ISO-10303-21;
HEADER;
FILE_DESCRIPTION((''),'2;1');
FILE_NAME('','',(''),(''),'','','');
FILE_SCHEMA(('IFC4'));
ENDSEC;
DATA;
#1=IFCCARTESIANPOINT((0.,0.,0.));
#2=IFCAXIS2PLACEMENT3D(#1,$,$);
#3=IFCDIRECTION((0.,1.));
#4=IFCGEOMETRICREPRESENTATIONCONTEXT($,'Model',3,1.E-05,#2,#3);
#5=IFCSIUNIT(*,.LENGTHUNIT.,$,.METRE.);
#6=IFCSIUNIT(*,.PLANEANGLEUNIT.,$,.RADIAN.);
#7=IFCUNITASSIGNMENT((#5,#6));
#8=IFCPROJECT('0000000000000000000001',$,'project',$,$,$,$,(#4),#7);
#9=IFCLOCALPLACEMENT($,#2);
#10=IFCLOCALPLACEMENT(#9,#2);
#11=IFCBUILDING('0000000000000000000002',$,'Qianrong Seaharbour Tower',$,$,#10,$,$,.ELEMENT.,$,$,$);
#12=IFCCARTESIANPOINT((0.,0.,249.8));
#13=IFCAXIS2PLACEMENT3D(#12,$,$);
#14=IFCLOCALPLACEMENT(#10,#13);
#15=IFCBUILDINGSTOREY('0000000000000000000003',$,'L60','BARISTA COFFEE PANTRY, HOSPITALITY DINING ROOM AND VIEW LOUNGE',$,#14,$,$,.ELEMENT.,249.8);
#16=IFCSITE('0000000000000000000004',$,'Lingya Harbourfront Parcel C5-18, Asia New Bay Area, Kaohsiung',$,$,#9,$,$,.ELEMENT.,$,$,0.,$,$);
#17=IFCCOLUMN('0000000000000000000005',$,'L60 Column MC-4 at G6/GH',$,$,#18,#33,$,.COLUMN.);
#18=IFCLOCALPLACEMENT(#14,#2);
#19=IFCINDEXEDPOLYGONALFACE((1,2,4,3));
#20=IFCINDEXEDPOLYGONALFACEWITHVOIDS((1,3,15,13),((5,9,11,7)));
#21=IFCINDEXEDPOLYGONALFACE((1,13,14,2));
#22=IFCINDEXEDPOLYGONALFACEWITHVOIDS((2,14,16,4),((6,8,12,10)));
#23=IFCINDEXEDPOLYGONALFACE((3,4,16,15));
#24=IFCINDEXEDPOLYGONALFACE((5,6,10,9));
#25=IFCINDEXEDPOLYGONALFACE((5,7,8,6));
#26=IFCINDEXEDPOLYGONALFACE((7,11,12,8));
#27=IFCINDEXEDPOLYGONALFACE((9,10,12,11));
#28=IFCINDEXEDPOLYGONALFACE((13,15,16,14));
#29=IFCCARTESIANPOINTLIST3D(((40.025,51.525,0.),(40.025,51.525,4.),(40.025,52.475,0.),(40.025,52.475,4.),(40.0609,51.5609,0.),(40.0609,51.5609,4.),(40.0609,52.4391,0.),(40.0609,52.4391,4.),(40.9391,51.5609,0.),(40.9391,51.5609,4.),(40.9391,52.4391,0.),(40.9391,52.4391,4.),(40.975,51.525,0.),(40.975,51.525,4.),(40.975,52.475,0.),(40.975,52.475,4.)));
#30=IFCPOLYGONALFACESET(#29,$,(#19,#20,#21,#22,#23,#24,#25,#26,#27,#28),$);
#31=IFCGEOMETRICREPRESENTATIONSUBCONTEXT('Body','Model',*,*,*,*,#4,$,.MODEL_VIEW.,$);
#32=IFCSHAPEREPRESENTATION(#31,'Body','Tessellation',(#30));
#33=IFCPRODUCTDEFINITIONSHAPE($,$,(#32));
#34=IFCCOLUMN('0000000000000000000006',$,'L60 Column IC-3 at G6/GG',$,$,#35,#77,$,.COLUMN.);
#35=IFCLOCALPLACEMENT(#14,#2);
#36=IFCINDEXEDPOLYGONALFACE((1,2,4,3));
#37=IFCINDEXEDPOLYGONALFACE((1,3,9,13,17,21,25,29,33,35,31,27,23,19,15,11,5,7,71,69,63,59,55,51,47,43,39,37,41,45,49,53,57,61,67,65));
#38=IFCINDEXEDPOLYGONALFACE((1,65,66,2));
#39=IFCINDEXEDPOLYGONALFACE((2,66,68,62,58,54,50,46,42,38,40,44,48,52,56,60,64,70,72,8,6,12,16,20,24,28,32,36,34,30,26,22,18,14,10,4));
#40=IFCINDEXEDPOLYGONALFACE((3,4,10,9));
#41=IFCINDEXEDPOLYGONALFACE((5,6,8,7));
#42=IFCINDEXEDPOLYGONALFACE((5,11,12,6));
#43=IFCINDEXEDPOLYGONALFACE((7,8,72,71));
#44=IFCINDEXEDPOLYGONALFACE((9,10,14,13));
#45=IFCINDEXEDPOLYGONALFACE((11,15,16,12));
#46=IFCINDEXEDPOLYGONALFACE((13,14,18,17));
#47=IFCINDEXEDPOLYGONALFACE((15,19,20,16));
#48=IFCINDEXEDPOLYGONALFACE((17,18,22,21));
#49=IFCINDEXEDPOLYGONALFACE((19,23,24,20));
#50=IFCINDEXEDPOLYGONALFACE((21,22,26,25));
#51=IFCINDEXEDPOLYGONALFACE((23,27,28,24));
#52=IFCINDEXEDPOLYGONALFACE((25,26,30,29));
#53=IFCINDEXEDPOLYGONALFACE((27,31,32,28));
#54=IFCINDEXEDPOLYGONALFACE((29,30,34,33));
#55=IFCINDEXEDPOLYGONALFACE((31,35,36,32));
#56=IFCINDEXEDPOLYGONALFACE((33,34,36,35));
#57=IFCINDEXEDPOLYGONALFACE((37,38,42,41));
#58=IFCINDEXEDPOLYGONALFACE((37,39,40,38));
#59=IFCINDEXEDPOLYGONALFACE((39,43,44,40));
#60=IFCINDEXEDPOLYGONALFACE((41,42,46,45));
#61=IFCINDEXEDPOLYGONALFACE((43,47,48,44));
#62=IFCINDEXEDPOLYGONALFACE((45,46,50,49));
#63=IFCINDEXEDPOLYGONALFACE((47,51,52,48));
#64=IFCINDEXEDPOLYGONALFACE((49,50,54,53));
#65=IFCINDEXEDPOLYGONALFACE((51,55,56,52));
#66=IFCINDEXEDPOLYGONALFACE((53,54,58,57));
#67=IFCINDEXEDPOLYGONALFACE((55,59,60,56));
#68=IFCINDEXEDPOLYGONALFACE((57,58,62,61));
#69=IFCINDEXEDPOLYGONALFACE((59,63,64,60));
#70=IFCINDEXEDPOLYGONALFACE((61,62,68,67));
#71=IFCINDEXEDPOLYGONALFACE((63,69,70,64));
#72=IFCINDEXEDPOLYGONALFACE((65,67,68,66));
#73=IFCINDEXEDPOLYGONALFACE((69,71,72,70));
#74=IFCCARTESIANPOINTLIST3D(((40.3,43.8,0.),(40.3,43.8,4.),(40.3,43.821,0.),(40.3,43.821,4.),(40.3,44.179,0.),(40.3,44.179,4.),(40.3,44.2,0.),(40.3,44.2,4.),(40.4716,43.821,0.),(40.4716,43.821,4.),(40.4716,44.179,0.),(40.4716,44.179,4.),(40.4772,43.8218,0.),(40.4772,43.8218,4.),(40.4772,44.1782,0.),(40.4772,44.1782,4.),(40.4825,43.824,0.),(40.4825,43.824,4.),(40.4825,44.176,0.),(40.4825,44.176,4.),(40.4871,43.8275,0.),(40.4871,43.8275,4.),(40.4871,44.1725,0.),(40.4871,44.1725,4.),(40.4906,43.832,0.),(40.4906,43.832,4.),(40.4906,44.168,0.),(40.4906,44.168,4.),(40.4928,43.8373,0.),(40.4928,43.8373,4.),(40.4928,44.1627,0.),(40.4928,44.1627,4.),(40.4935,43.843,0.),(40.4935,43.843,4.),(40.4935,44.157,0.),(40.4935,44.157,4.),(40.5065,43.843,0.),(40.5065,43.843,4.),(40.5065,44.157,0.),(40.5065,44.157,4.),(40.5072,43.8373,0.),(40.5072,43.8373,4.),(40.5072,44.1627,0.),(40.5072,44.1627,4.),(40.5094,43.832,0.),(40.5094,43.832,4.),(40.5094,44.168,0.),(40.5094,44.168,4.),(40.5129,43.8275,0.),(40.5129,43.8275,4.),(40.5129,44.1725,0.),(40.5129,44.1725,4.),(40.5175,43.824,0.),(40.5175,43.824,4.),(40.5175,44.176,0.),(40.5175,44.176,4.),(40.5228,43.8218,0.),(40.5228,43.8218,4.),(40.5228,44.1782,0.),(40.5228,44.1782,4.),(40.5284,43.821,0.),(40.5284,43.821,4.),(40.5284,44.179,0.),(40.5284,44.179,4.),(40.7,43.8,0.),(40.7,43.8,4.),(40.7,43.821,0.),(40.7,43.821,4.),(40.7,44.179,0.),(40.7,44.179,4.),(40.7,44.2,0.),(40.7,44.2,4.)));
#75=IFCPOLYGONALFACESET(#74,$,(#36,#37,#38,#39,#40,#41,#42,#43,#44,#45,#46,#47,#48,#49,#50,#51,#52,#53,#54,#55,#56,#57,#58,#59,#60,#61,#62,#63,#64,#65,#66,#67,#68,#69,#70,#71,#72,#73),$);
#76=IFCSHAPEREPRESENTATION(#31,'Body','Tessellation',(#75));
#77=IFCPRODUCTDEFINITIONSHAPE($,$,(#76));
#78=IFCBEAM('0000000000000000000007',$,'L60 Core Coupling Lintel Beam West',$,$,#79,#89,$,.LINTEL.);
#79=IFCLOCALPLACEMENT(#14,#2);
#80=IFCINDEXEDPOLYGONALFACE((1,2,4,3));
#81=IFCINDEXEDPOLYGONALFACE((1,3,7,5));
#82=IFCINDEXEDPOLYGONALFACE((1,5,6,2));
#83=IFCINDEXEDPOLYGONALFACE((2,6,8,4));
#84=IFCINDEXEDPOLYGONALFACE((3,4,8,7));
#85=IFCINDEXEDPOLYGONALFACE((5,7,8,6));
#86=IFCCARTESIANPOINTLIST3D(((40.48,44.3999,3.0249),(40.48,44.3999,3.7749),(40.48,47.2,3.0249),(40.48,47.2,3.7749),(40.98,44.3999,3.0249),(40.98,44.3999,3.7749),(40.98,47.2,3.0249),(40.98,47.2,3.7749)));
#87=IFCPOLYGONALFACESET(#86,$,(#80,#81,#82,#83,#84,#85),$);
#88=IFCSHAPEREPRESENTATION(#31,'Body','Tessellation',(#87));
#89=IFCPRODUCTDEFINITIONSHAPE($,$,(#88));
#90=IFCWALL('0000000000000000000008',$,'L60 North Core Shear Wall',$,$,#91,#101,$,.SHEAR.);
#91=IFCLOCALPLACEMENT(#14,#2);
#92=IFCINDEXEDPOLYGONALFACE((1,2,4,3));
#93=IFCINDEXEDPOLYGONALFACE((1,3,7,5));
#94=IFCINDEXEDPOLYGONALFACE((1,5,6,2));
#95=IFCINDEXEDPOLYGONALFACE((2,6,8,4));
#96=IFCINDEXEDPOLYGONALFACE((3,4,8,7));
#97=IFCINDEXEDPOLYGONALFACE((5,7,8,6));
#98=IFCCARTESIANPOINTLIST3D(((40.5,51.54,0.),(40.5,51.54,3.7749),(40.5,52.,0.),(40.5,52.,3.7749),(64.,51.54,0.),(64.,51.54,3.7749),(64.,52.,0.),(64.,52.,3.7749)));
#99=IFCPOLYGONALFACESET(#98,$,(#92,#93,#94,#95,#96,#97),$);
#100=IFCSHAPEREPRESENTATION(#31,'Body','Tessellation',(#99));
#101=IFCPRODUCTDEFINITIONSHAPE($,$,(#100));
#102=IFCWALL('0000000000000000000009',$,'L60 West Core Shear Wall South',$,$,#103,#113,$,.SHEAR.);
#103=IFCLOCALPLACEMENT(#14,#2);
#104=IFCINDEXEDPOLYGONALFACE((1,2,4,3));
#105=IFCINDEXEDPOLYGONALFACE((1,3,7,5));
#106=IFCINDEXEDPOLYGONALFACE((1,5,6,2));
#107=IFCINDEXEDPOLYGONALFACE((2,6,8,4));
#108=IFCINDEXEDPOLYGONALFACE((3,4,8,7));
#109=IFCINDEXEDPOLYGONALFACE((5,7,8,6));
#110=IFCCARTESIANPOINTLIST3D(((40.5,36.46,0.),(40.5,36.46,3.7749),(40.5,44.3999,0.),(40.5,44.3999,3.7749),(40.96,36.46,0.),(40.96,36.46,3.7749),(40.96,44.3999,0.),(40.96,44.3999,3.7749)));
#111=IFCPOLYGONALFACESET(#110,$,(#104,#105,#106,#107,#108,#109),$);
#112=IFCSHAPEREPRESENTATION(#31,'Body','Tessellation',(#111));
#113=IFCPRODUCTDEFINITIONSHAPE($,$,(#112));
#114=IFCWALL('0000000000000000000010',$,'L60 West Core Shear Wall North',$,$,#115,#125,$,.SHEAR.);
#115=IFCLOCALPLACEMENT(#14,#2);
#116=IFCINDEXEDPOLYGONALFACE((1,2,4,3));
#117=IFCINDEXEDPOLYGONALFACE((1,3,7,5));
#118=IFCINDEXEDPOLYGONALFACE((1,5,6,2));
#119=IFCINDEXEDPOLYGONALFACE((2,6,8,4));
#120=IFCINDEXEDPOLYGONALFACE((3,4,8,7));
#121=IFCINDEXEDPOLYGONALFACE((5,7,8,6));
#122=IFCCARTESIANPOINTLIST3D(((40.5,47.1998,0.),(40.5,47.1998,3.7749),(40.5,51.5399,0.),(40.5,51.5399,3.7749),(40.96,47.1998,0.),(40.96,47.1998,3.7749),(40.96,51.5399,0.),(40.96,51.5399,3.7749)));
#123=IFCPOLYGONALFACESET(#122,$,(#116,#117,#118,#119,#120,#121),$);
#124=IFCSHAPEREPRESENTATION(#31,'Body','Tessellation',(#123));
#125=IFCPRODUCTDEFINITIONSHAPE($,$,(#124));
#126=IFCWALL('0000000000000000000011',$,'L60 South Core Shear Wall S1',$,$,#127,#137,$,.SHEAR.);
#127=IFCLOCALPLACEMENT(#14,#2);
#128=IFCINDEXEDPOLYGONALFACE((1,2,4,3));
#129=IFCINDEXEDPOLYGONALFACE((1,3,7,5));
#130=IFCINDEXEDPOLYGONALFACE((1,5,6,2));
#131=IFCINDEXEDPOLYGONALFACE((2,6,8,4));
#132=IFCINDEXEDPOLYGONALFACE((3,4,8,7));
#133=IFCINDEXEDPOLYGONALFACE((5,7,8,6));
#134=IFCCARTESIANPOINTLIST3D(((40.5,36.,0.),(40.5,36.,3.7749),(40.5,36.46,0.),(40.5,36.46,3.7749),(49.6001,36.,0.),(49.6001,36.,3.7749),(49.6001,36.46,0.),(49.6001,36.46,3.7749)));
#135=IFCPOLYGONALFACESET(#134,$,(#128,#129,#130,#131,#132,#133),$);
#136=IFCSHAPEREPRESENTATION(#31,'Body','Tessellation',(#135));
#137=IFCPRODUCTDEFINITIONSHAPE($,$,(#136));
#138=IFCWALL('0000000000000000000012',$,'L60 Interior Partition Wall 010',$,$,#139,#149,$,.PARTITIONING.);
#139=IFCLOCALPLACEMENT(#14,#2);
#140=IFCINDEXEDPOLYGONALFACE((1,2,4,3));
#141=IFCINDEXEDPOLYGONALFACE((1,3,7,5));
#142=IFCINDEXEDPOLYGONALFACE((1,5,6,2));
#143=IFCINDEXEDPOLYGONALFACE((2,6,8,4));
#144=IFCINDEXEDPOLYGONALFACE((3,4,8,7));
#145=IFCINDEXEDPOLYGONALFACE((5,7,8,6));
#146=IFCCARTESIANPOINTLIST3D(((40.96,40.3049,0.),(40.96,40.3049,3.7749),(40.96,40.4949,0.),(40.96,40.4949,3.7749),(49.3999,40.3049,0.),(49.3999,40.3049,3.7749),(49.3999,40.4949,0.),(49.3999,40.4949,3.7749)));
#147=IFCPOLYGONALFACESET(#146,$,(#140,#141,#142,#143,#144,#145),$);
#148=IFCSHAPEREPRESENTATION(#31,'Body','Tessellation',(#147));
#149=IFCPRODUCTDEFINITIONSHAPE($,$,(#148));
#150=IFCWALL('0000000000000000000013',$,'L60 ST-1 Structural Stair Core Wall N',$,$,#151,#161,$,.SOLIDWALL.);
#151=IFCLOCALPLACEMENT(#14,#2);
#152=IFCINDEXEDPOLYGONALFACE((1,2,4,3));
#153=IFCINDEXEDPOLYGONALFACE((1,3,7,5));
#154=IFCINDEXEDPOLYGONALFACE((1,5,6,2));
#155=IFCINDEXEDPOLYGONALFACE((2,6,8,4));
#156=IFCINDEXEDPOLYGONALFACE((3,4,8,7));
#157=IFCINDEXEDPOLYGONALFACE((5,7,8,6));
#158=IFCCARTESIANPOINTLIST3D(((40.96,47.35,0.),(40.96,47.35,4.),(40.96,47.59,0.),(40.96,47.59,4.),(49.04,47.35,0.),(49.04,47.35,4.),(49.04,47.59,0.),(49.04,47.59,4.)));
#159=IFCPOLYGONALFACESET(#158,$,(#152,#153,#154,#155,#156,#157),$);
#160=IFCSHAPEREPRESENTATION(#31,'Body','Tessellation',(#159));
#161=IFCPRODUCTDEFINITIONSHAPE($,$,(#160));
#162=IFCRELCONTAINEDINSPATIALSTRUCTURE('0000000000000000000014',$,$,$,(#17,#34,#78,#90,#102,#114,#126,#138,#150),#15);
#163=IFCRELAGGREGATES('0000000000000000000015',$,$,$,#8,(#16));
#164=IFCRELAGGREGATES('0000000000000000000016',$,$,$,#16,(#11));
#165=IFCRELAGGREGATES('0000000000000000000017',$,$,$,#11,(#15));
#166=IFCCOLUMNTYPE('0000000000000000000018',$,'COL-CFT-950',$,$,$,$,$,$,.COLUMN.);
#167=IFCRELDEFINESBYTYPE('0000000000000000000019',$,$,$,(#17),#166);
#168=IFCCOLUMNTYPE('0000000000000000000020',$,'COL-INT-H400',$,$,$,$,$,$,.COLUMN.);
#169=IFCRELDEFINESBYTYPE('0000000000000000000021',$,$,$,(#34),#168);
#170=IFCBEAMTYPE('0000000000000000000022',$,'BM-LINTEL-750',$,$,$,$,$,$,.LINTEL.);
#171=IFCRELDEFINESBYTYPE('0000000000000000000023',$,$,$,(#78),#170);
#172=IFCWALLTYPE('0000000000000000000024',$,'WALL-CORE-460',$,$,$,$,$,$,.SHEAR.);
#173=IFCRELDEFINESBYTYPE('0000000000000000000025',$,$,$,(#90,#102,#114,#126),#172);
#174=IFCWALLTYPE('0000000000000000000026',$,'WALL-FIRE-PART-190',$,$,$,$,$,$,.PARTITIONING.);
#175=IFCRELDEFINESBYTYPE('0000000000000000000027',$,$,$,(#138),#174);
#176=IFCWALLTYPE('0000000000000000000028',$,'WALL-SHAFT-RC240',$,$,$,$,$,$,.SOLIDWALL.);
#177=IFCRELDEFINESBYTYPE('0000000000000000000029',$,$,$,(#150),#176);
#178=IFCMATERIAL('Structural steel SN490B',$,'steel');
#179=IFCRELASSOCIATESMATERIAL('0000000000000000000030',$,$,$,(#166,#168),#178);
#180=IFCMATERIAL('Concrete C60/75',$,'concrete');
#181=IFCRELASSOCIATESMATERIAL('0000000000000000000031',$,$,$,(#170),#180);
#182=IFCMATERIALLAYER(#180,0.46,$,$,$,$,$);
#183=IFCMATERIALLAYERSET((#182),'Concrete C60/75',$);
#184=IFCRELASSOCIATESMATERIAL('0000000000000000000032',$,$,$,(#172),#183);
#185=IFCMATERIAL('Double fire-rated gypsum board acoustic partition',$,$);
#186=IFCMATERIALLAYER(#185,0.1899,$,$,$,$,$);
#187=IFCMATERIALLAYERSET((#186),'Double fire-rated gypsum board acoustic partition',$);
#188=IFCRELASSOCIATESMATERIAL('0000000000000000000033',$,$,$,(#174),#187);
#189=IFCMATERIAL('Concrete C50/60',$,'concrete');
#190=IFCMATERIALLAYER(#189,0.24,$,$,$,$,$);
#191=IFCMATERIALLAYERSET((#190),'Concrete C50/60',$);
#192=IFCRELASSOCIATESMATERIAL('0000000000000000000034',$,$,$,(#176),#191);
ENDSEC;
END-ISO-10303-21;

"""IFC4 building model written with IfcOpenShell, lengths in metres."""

from ifc_helpers import new_model, si_unit, direction, frame, frame_2d, origin, origin_2d, place, context, subcontext, project, spatial, rectangle, hollow_rectangle, i_section, extrude, material, layer, layer_set, material_profile, profile_set, type_object, element, save


model = new_model("IFC4")

# Units and contexts
model_context = context("Model", 3, precision=1e-05, world=origin(), true_north=direction((0.0, 1.0)))
body_context = subcontext(model_context, "Body", "Model", "MODEL_VIEW")
ifc_project = project(units=[si_unit("LENGTHUNIT", "METRE"), si_unit("PLANEANGLEUNIT", "RADIAN")], contexts=[model_context])

# Site, building, storey
site_placement = place(None, origin())
site = spatial("IfcSite", under=ifc_project, at=site_placement, Name="Lingya Harbourfront Parcel C5-18, Asia New Bay Area, Kaohsiung", CompositionType="ELEMENT", RefElevation=0.0)
building_placement = place(site_placement, origin())
building = spatial("IfcBuilding", under=site, at=building_placement, Name="Qianrong Seaharbour Tower", CompositionType="ELEMENT")
storey_placement = place(building_placement, frame((0.0, 0.0, 249.8)))
storey = spatial("IfcBuildingStorey", under=building, at=storey_placement, Name="L60", Description="BARISTA COFFEE PANTRY, HOSPITALITY DINING ROOM AND VIEW LOUNGE", CompositionType="ELEMENT", Elevation=249.8)

# Columns
ifc_material_1 = material(Name="Structural steel SN490B", Category="steel")
ifc_material_profile_1 = material_profile(ifc_material_1, hollow_rectangle(XDim=0.95, YDim=0.95, WallThickness=0.0359, at=origin_2d()), Name="BOX950x950x36")
ifc_profile_set_1 = profile_set([ifc_material_profile_1], Name="Structural steel SN490B")
column_type_1 = type_object("IfcColumnType", Name="COL-CFT-950", PredefinedType="COLUMN", material=ifc_profile_set_1)
column_1_placement = place(storey_placement, frame((40.5, 52.0, 0.0), z_axis=(0.0, 0.0, 1.0), x_axis=(1.0, 0.0, 0.0)))
element("IfcColumn", 1, at=column_1_placement, inside=storey, type_object=column_type_1, Name="L60 Column MC-4 at G6/GH", PredefinedType="COLUMN", context=body_context, shape_type="SweptSolid", body=[
    extrude(hollow_rectangle(XDim=0.95, YDim=0.95, WallThickness=0.0359, at=origin_2d()), origin(), (0.0, 0.0, 1.0), 4.0),
])
ifc_material_profile_2 = material_profile(ifc_material_1, i_section(OverallWidth=0.3999, OverallDepth=0.3999, WebThickness=0.0129, FlangeThickness=0.021, FilletRadius=0.022, at=origin_2d()), Name="H400x400x13x21")
ifc_profile_set_2 = profile_set([ifc_material_profile_2], Name="Structural steel SN490B")
column_type_2 = type_object("IfcColumnType", Name="COL-INT-H400", PredefinedType="COLUMN", material=ifc_profile_set_2)
column_2_placement = place(storey_placement, frame((40.5, 44.0, 0.0), z_axis=(0.0, 0.0, 1.0), x_axis=(1.0, 0.0, 0.0)))
element("IfcColumn", 2, at=column_2_placement, inside=storey, type_object=column_type_2, Name="L60 Column IC-3 at G6/GG", PredefinedType="COLUMN", context=body_context, shape_type="SweptSolid", body=[
    extrude(i_section(OverallWidth=0.3999, OverallDepth=0.3999, WebThickness=0.0129, FlangeThickness=0.021, FilletRadius=0.022, at=origin_2d()), origin(), (0.0, 0.0, 1.0), 4.0),
])

# Beam
ifc_material_2 = material(Name="Concrete C60/75", Category="concrete")
ifc_material_profile_3 = material_profile(ifc_material_2, rectangle(XDim=0.5, YDim=0.75, at=origin_2d()), Name="RC500x750")
ifc_profile_set_3 = profile_set([ifc_material_profile_3], Name="Concrete C60/75")
beam_type = type_object("IfcBeamType", Name="BM-LINTEL-750", PredefinedType="LINTEL", material=ifc_profile_set_3)
beam_placement = place(storey_placement, frame((40.73, 44.3999, 3.3999), z_axis=(0.0, 1.0, 0.0), x_axis=(-1.0, 0.0, 0.0)))
element("IfcBeam", 3, at=beam_placement, inside=storey, type_object=beam_type, Name="L60 Core Coupling Lintel Beam West", PredefinedType="LINTEL", context=body_context, shape_type="SweptSolid", body=[
    extrude(rectangle(XDim=0.5, YDim=0.75, at=origin_2d()), origin(), (0.0, 0.0, 1.0), 2.8),
])

# Walls
ifc_layer_1 = layer(ifc_material_2, 0.46)
ifc_layer_set_1 = layer_set([ifc_layer_1], Name="Concrete C60/75")
wall_type_1 = type_object("IfcWallType", Name="WALL-CORE-460", PredefinedType="SHEAR", material=ifc_layer_set_1)
wall_1_placement = place(storey_placement, frame((40.5, 51.77, 0.0), z_axis=(0.0, 0.0, 1.0), x_axis=(1.0, 0.0, 0.0)))
element("IfcWall", 4, at=wall_1_placement, inside=storey, type_object=wall_type_1, Name="L60 North Core Shear Wall", PredefinedType="SHEAR", context=body_context, shape_type="SweptSolid", body=[
    extrude(rectangle(XDim=23.5, YDim=0.46, at=frame_2d((11.75, 0.0))), origin(), (0.0, 0.0, 1.0), 3.7749),
])
wall_2_placement = place(storey_placement, frame((40.73, 36.46, 0.0), z_axis=(0.0, 0.0, 1.0), x_axis=(0.0, 1.0, 0.0)))
element("IfcWall", 5, at=wall_2_placement, inside=storey, type_object=wall_type_1, Name="L60 West Core Shear Wall South", PredefinedType="SHEAR", context=body_context, shape_type="SweptSolid", body=[
    extrude(rectangle(XDim=7.9399, YDim=0.46, at=frame_2d((3.97, 0.0))), origin(), (0.0, 0.0, 1.0), 3.7749),
])
wall_3_placement = place(storey_placement, frame((40.73, 47.2, 0.0), z_axis=(0.0, 0.0, 1.0), x_axis=(0.0, 1.0, 0.0)))
element("IfcWall", 6, at=wall_3_placement, inside=storey, type_object=wall_type_1, Name="L60 West Core Shear Wall North", PredefinedType="SHEAR", context=body_context, shape_type="SweptSolid", body=[
    extrude(rectangle(XDim=4.3401, YDim=0.46, at=frame_2d((2.1699, 0.0))), origin(), (0.0, 0.0, 1.0), 3.7749),
])
wall_4_placement = place(storey_placement, frame((40.5, 36.23, 0.0), z_axis=(0.0, 0.0, 1.0), x_axis=(1.0, 0.0, 0.0)))
element("IfcWall", 7, at=wall_4_placement, inside=storey, type_object=wall_type_1, Name="L60 South Core Shear Wall S1", PredefinedType="SHEAR", context=body_context, shape_type="SweptSolid", body=[
    extrude(rectangle(XDim=9.1001, YDim=0.46, at=frame_2d((4.55, 0.0))), origin(), (0.0, 0.0, 1.0), 3.7749),
])
ifc_material_3 = material(Name="Double fire-rated gypsum board acoustic partition")
ifc_layer_2 = layer(ifc_material_3, 0.1899)
ifc_layer_set_2 = layer_set([ifc_layer_2], Name="Double fire-rated gypsum board acoustic partition")
wall_type_2 = type_object("IfcWallType", Name="WALL-FIRE-PART-190", PredefinedType="PARTITIONING", material=ifc_layer_set_2)
wall_5_placement = place(storey_placement, frame((40.96, 40.3999, 0.0), z_axis=(0.0, 0.0, 1.0), x_axis=(1.0, 0.0, 0.0)))
element("IfcWall", 8, at=wall_5_placement, inside=storey, type_object=wall_type_2, Name="L60 Interior Partition Wall 010", PredefinedType="PARTITIONING", context=body_context, shape_type="SweptSolid", body=[
    extrude(rectangle(XDim=8.4399, YDim=0.1899, at=frame_2d((4.22, 0.0))), origin(), (0.0, 0.0, 1.0), 3.7749),
])
ifc_material_4 = material(Name="Concrete C50/60", Category="concrete")
ifc_layer_3 = layer(ifc_material_4, 0.24)
ifc_layer_set_3 = layer_set([ifc_layer_3], Name="Concrete C50/60")
wall_type_3 = type_object("IfcWallType", Name="WALL-SHAFT-RC240", PredefinedType="SOLIDWALL", material=ifc_layer_set_3)
wall_6_placement = place(storey_placement, frame((40.96, 47.47, 0.0), z_axis=(0.0, 0.0, 1.0), x_axis=(1.0, 0.0, 0.0)))
element("IfcWall", 9, at=wall_6_placement, inside=storey, type_object=wall_type_3, Name="L60 ST-1 Structural Stair Core Wall N", PredefinedType="SOLIDWALL", context=body_context, shape_type="SweptSolid", body=[
    extrude(rectangle(XDim=8.0801, YDim=0.24, at=frame_2d((4.04, 0.0))), origin(), (0.0, 0.0, 1.0), 4.0),
])

save(model, "model.ifc")
